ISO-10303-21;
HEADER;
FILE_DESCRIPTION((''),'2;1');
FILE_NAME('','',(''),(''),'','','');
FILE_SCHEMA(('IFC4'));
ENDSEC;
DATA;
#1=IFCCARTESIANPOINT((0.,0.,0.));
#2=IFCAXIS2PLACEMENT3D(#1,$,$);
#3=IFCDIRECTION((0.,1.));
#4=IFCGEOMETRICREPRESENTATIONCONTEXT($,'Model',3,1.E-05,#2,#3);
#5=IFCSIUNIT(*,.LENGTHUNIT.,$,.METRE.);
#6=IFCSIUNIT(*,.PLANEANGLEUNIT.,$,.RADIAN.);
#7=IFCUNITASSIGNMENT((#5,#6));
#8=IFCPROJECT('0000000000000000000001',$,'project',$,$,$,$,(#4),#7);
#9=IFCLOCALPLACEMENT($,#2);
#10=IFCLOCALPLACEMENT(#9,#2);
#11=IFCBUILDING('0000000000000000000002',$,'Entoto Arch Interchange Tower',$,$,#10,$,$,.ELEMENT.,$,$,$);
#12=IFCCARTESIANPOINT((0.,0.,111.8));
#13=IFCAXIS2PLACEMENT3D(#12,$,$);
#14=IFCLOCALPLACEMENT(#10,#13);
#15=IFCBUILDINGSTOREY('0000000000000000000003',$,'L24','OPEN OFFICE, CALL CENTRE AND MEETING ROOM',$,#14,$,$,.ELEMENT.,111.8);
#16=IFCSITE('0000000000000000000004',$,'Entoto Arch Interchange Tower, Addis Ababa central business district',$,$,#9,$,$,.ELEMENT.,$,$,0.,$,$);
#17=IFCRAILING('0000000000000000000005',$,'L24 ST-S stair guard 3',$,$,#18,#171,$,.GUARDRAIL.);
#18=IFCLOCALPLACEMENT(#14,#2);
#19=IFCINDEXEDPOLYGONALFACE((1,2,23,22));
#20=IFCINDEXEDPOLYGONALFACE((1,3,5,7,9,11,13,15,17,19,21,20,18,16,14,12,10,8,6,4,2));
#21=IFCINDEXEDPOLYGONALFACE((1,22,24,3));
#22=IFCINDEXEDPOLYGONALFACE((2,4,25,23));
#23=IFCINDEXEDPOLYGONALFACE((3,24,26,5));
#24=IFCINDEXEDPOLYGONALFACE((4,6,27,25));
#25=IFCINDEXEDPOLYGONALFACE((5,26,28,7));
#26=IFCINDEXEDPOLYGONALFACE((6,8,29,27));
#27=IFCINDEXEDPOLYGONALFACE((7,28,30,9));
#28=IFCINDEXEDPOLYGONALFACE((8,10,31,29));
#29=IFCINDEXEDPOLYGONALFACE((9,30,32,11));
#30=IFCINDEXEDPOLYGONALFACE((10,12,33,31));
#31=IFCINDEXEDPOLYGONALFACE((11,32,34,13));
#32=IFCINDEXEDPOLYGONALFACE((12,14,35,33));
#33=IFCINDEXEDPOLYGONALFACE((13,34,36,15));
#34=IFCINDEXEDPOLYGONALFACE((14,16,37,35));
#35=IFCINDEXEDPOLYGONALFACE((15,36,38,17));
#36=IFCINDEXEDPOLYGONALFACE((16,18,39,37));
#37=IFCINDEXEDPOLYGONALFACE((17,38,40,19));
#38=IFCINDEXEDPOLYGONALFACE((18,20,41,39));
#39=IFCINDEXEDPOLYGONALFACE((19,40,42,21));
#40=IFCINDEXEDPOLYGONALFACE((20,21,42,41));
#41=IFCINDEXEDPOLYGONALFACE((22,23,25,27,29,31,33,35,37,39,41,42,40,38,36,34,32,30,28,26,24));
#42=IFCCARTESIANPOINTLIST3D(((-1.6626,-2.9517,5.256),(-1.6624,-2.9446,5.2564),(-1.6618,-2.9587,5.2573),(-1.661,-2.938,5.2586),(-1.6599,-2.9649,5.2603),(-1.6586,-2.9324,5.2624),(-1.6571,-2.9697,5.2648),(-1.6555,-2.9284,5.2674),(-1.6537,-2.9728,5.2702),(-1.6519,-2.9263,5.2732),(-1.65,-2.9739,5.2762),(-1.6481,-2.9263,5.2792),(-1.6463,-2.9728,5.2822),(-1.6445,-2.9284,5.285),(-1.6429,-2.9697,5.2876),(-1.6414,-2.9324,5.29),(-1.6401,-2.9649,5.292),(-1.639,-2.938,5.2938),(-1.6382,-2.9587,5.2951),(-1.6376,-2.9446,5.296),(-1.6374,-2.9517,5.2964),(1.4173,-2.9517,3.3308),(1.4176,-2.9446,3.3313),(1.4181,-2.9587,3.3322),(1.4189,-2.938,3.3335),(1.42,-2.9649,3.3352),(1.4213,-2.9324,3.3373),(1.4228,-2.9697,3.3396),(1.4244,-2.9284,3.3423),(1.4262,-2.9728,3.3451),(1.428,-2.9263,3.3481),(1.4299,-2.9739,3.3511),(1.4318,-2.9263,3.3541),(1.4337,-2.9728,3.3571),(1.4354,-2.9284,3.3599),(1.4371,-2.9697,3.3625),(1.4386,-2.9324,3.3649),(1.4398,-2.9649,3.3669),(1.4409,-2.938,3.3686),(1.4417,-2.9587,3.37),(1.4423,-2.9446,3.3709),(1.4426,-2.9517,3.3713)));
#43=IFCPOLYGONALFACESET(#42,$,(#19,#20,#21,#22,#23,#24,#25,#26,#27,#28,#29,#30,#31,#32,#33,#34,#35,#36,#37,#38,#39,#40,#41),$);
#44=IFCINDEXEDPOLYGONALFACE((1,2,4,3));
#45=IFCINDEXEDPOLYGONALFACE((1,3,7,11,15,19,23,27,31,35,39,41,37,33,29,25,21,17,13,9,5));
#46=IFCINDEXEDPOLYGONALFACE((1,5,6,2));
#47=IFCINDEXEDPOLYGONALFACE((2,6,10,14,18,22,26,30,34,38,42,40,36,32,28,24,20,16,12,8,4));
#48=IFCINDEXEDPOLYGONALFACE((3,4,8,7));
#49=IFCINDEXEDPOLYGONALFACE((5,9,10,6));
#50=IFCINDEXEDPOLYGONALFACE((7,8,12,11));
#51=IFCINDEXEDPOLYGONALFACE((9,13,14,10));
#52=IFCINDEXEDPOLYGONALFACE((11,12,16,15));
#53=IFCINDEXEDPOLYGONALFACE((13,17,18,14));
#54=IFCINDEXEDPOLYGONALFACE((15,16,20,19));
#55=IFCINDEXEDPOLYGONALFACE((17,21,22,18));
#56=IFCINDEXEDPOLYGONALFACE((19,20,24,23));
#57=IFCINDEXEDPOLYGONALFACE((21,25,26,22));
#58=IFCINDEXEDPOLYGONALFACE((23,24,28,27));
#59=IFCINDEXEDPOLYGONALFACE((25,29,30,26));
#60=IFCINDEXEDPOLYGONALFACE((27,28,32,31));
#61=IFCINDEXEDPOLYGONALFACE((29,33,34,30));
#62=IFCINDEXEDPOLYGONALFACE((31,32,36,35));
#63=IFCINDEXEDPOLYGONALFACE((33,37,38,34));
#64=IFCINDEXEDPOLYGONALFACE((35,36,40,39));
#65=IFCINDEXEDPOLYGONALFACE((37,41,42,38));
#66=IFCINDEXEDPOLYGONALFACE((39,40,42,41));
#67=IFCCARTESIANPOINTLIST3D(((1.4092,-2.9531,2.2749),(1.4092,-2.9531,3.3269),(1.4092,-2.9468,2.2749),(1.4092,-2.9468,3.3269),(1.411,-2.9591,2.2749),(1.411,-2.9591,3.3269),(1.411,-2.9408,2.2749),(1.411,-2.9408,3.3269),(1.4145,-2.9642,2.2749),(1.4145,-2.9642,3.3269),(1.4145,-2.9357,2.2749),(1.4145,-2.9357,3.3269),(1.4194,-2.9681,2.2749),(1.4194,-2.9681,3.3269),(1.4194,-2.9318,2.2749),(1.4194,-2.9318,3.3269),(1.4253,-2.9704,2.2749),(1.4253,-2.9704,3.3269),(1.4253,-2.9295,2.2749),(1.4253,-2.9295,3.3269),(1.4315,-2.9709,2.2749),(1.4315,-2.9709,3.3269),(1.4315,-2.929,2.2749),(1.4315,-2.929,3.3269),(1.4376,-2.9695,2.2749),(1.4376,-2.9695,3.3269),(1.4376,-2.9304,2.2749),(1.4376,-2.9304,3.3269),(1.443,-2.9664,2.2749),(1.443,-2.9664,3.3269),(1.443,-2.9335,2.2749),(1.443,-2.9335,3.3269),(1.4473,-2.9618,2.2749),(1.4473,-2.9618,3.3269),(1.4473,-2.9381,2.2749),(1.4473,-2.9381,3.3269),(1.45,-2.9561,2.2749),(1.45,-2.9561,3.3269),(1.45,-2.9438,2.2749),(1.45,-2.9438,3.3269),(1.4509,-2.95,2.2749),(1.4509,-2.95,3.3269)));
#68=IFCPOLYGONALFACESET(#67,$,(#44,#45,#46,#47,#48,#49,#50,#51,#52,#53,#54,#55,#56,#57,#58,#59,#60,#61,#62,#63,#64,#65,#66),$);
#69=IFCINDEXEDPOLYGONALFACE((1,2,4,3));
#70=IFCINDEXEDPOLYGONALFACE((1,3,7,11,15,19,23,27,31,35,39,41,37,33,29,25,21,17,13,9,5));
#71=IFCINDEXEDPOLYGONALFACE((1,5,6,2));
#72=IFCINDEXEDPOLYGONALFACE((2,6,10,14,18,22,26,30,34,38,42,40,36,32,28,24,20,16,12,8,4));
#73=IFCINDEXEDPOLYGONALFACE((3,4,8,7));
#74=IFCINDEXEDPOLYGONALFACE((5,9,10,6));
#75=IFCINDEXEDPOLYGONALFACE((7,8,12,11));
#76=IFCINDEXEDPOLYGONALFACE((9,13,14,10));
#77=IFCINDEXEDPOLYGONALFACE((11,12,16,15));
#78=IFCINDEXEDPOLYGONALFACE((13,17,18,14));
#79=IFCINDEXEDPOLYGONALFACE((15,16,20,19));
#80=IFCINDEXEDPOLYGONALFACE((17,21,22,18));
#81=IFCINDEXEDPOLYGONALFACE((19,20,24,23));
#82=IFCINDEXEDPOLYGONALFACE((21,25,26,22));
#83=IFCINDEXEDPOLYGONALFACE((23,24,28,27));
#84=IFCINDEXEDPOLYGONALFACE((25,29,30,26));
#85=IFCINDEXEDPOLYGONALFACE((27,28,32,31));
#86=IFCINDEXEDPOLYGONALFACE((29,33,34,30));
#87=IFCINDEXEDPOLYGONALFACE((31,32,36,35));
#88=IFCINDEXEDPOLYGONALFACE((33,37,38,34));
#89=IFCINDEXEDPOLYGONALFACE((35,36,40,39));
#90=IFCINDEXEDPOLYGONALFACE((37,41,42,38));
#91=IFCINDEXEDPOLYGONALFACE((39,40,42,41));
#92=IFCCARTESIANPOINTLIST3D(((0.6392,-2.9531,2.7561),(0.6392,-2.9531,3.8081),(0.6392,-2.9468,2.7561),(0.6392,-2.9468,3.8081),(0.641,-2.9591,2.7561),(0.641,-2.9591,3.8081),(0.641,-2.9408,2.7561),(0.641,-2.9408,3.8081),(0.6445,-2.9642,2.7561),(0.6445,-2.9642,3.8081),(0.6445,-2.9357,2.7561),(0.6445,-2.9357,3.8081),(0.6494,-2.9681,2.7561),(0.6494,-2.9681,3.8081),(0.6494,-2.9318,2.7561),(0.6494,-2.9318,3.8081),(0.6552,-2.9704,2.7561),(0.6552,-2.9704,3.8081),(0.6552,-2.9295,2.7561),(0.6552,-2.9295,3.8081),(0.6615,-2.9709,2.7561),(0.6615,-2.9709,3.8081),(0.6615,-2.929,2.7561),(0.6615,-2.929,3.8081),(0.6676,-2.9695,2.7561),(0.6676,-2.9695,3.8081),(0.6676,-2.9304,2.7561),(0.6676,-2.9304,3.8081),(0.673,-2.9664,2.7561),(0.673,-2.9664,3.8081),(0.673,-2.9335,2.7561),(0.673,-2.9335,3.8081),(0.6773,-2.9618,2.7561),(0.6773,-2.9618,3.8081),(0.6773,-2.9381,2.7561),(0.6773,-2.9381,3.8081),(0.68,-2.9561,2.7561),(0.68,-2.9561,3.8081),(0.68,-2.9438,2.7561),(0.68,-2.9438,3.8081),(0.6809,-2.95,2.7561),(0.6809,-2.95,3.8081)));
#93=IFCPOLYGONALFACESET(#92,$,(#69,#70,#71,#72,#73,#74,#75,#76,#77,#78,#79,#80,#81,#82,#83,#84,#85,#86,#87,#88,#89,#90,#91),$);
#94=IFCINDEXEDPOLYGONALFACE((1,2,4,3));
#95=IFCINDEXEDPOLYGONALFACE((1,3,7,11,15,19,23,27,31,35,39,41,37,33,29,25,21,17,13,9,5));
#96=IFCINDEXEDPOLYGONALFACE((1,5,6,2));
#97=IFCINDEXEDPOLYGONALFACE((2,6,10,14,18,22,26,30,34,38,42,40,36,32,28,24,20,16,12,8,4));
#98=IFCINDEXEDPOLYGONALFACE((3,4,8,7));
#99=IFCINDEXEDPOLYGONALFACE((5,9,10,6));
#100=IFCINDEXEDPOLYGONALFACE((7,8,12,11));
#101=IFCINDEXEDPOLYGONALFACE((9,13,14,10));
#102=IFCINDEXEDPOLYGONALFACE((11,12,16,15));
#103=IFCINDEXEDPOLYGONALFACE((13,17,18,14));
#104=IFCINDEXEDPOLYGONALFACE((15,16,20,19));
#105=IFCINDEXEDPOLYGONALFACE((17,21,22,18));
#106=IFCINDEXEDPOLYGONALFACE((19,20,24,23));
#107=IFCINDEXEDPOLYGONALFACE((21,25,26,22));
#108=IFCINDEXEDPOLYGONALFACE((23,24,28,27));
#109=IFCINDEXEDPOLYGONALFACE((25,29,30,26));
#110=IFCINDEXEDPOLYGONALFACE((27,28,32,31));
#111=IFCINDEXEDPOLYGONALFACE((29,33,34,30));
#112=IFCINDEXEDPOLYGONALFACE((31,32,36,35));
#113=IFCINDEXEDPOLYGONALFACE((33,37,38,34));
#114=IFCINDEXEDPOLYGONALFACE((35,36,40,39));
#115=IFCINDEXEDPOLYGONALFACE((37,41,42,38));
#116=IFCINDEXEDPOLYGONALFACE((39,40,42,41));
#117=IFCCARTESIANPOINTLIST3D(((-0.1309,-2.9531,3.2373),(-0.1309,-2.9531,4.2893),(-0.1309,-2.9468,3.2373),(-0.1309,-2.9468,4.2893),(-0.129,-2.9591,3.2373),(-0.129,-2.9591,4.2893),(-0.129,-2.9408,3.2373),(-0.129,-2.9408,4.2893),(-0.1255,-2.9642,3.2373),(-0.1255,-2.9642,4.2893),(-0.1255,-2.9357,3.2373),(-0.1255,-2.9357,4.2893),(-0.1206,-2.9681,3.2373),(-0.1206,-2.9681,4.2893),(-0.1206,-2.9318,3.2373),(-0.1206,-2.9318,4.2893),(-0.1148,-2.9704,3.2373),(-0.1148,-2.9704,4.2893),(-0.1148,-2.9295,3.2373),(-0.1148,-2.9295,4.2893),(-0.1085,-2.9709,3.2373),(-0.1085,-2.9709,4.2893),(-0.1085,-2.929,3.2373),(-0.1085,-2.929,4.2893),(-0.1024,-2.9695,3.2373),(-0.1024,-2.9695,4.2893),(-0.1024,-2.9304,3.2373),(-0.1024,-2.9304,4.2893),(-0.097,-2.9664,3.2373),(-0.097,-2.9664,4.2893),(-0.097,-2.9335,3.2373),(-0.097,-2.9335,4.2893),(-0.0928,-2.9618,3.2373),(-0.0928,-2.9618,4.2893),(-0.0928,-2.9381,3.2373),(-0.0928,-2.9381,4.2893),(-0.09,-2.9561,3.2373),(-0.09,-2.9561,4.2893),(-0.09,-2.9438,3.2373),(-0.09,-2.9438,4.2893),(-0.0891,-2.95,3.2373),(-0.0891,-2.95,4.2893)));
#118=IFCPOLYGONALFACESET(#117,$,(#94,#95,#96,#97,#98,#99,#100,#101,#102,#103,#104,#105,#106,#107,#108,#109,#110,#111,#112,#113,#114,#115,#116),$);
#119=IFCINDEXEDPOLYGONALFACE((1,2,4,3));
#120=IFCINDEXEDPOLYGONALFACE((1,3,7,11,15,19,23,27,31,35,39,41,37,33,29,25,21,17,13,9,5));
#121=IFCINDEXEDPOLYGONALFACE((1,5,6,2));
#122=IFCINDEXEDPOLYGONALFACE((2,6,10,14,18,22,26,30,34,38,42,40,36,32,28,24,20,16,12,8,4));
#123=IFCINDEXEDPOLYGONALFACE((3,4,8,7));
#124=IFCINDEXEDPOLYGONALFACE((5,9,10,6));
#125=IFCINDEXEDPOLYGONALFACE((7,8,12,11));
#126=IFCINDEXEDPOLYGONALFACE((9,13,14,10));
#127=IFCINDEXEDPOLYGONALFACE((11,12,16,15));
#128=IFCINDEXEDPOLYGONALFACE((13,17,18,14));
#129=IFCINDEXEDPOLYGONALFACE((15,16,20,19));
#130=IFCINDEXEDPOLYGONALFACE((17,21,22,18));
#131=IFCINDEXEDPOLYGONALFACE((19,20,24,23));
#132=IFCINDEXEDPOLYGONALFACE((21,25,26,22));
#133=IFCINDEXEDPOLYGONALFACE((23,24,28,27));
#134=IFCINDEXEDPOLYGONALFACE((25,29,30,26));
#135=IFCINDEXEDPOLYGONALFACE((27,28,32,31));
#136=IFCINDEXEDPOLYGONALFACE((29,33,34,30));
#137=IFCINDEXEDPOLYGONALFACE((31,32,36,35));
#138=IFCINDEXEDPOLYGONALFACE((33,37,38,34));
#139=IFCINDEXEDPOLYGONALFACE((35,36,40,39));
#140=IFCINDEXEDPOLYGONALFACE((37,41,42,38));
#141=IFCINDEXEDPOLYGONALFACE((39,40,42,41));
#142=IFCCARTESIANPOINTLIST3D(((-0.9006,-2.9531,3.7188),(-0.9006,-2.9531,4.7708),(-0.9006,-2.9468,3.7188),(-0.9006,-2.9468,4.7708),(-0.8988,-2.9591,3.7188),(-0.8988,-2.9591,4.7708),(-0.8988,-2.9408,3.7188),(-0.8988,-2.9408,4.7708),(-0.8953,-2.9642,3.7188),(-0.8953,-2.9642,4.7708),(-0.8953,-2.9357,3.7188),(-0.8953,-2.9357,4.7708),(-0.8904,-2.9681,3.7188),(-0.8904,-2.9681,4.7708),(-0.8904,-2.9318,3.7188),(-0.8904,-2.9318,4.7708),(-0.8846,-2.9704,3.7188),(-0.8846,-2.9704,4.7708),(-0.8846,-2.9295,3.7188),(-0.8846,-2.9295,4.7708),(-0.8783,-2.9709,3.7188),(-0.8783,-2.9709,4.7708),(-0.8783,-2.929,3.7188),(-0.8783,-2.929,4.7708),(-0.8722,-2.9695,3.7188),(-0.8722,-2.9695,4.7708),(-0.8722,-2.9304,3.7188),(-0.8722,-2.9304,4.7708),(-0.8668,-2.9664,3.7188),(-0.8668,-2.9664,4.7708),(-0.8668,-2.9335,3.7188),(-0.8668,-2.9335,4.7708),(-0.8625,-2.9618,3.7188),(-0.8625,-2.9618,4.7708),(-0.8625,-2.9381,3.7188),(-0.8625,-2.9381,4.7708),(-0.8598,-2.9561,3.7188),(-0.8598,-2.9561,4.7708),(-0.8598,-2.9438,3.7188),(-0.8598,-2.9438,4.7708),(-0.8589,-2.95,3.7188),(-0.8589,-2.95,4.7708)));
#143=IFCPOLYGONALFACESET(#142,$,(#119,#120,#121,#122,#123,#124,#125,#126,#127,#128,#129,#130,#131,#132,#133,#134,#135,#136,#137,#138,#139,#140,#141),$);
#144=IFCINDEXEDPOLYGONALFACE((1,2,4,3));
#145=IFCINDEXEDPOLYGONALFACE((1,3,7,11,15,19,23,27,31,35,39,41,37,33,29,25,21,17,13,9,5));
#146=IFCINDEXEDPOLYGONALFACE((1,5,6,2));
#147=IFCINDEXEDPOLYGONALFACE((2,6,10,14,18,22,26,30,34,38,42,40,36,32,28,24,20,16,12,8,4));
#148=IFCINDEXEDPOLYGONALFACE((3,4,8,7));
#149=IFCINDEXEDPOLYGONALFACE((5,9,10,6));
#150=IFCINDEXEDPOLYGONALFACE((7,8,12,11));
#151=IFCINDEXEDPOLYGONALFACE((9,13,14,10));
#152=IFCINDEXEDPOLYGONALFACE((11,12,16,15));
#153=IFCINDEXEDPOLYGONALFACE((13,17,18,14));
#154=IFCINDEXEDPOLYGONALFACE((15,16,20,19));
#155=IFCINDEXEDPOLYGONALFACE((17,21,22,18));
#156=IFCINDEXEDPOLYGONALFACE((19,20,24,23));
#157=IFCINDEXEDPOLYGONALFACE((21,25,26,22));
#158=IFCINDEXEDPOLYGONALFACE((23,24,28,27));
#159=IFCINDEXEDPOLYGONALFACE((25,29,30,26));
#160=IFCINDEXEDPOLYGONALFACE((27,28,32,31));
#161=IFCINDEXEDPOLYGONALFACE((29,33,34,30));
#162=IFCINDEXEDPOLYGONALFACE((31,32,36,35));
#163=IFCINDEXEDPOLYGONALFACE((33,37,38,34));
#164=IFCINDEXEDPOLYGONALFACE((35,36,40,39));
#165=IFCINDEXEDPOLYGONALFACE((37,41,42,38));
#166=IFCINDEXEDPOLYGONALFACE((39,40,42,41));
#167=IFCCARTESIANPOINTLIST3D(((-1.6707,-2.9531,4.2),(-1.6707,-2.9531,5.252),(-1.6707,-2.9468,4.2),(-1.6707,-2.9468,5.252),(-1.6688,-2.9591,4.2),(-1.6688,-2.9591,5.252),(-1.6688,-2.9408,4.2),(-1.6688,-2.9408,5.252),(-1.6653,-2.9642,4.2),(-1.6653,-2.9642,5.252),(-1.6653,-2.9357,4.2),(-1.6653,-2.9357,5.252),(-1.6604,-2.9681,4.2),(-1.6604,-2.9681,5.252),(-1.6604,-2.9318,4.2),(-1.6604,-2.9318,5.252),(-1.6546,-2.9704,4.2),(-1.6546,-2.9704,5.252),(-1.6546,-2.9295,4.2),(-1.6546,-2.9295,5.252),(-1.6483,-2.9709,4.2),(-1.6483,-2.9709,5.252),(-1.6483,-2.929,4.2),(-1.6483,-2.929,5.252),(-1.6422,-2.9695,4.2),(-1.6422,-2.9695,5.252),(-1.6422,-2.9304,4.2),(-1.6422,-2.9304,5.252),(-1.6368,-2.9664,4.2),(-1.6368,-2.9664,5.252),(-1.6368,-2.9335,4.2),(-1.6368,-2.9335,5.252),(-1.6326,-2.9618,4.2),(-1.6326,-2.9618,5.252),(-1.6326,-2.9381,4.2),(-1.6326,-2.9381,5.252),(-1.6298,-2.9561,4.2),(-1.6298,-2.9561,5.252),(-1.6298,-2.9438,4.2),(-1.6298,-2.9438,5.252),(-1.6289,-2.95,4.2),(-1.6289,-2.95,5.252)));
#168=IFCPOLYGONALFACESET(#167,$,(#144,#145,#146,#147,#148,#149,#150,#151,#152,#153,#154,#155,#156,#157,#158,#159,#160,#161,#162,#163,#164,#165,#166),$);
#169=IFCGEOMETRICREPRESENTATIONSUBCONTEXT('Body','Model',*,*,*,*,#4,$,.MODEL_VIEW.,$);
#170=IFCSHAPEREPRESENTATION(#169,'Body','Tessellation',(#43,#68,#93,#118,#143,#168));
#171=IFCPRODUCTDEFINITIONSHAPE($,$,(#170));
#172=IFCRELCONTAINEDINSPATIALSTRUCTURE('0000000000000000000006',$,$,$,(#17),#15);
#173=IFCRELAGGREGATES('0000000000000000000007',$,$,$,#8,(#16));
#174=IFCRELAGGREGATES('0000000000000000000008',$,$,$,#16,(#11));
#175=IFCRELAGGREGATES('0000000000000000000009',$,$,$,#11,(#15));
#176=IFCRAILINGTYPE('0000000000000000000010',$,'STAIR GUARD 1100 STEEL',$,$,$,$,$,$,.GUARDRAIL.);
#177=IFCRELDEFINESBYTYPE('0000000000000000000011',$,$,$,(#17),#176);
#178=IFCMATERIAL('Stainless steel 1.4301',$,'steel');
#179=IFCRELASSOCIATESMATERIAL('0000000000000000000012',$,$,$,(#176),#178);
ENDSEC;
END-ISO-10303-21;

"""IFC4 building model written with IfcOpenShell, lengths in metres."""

from ifc_helpers import new_model, si_unit, direction, frame, origin, origin_2d, place, context, subcontext, project, spatial, circle, extrude, material, type_object, element, save


model = new_model("IFC4")

# Units and contexts
model_context = context("Model", 3, precision=1e-05, world=origin(), true_north=direction((0.0, 1.0)))
body_context = subcontext(model_context, "Body", "Model", "MODEL_VIEW")
ifc_project = project(units=[si_unit("LENGTHUNIT", "METRE"), si_unit("PLANEANGLEUNIT", "RADIAN")], contexts=[model_context])

# Site, building, storey
site_placement = place(None, origin())
site = spatial("IfcSite", under=ifc_project, at=site_placement, Name="Entoto Arch Interchange Tower, Addis Ababa central business district", CompositionType="ELEMENT", RefElevation=0.0)
building_placement = place(site_placement, origin())
building = spatial("IfcBuilding", under=site, at=building_placement, Name="Entoto Arch Interchange Tower", CompositionType="ELEMENT")
storey_placement = place(building_placement, frame((0.0, 0.0, 111.8)))
storey = spatial("IfcBuildingStorey", under=building, at=storey_placement, Name="L24", Description="OPEN OFFICE, CALL CENTRE AND MEETING ROOM", CompositionType="ELEMENT", Elevation=111.8)

# Railing
ifc_material_1 = material(Name="Stainless steel 1.4301", Category="steel")
railing_type_1 = type_object("IfcRailingType", Name="STAIR GUARD 1100 STEEL", PredefinedType="GUARDRAIL", material=ifc_material_1)
railing_1_placement = place(storey_placement, frame((1.4299, -2.95, 2.2749)))
element("IfcRailing", 1, at=railing_1_placement, inside=storey, type_object=railing_type_1, Name="L24 ST-S stair guard 3", PredefinedType="GUARDRAIL", context=body_context, shape_type="SweptSolid", body=[
    extrude(circle(Radius=0.0239, at=origin_2d()), frame((0.0, 0.0, 1.0762), z_axis=(-0.847979, 0.0, 0.530029), x_axis=(0.0, -1.0, 0.0)), (0.0, 0.0, 1.0), 3.6321),
    extrude(circle(Radius=0.021, at=origin_2d()), origin(), (0.0, 0.0, 1.0), 1.052),
    extrude(circle(Radius=0.021, at=origin_2d()), frame((-0.77, 0.0, 0.4812)), (0.0, 0.0, 1.0), 1.052),
    extrude(circle(Radius=0.021, at=origin_2d()), frame((-1.54, 0.0, 0.9624)), (0.0, 0.0, 1.0), 1.052),
    extrude(circle(Radius=0.021, at=origin_2d()), frame((-2.3098, 0.0, 1.4438)), (0.0, 0.0, 1.0), 1.052),
    extrude(circle(Radius=0.021, at=origin_2d()), frame((-3.0798, 0.0, 1.925)), (0.0, 0.0, 1.0), 1.052),
])

save(model, "model.ifc")
